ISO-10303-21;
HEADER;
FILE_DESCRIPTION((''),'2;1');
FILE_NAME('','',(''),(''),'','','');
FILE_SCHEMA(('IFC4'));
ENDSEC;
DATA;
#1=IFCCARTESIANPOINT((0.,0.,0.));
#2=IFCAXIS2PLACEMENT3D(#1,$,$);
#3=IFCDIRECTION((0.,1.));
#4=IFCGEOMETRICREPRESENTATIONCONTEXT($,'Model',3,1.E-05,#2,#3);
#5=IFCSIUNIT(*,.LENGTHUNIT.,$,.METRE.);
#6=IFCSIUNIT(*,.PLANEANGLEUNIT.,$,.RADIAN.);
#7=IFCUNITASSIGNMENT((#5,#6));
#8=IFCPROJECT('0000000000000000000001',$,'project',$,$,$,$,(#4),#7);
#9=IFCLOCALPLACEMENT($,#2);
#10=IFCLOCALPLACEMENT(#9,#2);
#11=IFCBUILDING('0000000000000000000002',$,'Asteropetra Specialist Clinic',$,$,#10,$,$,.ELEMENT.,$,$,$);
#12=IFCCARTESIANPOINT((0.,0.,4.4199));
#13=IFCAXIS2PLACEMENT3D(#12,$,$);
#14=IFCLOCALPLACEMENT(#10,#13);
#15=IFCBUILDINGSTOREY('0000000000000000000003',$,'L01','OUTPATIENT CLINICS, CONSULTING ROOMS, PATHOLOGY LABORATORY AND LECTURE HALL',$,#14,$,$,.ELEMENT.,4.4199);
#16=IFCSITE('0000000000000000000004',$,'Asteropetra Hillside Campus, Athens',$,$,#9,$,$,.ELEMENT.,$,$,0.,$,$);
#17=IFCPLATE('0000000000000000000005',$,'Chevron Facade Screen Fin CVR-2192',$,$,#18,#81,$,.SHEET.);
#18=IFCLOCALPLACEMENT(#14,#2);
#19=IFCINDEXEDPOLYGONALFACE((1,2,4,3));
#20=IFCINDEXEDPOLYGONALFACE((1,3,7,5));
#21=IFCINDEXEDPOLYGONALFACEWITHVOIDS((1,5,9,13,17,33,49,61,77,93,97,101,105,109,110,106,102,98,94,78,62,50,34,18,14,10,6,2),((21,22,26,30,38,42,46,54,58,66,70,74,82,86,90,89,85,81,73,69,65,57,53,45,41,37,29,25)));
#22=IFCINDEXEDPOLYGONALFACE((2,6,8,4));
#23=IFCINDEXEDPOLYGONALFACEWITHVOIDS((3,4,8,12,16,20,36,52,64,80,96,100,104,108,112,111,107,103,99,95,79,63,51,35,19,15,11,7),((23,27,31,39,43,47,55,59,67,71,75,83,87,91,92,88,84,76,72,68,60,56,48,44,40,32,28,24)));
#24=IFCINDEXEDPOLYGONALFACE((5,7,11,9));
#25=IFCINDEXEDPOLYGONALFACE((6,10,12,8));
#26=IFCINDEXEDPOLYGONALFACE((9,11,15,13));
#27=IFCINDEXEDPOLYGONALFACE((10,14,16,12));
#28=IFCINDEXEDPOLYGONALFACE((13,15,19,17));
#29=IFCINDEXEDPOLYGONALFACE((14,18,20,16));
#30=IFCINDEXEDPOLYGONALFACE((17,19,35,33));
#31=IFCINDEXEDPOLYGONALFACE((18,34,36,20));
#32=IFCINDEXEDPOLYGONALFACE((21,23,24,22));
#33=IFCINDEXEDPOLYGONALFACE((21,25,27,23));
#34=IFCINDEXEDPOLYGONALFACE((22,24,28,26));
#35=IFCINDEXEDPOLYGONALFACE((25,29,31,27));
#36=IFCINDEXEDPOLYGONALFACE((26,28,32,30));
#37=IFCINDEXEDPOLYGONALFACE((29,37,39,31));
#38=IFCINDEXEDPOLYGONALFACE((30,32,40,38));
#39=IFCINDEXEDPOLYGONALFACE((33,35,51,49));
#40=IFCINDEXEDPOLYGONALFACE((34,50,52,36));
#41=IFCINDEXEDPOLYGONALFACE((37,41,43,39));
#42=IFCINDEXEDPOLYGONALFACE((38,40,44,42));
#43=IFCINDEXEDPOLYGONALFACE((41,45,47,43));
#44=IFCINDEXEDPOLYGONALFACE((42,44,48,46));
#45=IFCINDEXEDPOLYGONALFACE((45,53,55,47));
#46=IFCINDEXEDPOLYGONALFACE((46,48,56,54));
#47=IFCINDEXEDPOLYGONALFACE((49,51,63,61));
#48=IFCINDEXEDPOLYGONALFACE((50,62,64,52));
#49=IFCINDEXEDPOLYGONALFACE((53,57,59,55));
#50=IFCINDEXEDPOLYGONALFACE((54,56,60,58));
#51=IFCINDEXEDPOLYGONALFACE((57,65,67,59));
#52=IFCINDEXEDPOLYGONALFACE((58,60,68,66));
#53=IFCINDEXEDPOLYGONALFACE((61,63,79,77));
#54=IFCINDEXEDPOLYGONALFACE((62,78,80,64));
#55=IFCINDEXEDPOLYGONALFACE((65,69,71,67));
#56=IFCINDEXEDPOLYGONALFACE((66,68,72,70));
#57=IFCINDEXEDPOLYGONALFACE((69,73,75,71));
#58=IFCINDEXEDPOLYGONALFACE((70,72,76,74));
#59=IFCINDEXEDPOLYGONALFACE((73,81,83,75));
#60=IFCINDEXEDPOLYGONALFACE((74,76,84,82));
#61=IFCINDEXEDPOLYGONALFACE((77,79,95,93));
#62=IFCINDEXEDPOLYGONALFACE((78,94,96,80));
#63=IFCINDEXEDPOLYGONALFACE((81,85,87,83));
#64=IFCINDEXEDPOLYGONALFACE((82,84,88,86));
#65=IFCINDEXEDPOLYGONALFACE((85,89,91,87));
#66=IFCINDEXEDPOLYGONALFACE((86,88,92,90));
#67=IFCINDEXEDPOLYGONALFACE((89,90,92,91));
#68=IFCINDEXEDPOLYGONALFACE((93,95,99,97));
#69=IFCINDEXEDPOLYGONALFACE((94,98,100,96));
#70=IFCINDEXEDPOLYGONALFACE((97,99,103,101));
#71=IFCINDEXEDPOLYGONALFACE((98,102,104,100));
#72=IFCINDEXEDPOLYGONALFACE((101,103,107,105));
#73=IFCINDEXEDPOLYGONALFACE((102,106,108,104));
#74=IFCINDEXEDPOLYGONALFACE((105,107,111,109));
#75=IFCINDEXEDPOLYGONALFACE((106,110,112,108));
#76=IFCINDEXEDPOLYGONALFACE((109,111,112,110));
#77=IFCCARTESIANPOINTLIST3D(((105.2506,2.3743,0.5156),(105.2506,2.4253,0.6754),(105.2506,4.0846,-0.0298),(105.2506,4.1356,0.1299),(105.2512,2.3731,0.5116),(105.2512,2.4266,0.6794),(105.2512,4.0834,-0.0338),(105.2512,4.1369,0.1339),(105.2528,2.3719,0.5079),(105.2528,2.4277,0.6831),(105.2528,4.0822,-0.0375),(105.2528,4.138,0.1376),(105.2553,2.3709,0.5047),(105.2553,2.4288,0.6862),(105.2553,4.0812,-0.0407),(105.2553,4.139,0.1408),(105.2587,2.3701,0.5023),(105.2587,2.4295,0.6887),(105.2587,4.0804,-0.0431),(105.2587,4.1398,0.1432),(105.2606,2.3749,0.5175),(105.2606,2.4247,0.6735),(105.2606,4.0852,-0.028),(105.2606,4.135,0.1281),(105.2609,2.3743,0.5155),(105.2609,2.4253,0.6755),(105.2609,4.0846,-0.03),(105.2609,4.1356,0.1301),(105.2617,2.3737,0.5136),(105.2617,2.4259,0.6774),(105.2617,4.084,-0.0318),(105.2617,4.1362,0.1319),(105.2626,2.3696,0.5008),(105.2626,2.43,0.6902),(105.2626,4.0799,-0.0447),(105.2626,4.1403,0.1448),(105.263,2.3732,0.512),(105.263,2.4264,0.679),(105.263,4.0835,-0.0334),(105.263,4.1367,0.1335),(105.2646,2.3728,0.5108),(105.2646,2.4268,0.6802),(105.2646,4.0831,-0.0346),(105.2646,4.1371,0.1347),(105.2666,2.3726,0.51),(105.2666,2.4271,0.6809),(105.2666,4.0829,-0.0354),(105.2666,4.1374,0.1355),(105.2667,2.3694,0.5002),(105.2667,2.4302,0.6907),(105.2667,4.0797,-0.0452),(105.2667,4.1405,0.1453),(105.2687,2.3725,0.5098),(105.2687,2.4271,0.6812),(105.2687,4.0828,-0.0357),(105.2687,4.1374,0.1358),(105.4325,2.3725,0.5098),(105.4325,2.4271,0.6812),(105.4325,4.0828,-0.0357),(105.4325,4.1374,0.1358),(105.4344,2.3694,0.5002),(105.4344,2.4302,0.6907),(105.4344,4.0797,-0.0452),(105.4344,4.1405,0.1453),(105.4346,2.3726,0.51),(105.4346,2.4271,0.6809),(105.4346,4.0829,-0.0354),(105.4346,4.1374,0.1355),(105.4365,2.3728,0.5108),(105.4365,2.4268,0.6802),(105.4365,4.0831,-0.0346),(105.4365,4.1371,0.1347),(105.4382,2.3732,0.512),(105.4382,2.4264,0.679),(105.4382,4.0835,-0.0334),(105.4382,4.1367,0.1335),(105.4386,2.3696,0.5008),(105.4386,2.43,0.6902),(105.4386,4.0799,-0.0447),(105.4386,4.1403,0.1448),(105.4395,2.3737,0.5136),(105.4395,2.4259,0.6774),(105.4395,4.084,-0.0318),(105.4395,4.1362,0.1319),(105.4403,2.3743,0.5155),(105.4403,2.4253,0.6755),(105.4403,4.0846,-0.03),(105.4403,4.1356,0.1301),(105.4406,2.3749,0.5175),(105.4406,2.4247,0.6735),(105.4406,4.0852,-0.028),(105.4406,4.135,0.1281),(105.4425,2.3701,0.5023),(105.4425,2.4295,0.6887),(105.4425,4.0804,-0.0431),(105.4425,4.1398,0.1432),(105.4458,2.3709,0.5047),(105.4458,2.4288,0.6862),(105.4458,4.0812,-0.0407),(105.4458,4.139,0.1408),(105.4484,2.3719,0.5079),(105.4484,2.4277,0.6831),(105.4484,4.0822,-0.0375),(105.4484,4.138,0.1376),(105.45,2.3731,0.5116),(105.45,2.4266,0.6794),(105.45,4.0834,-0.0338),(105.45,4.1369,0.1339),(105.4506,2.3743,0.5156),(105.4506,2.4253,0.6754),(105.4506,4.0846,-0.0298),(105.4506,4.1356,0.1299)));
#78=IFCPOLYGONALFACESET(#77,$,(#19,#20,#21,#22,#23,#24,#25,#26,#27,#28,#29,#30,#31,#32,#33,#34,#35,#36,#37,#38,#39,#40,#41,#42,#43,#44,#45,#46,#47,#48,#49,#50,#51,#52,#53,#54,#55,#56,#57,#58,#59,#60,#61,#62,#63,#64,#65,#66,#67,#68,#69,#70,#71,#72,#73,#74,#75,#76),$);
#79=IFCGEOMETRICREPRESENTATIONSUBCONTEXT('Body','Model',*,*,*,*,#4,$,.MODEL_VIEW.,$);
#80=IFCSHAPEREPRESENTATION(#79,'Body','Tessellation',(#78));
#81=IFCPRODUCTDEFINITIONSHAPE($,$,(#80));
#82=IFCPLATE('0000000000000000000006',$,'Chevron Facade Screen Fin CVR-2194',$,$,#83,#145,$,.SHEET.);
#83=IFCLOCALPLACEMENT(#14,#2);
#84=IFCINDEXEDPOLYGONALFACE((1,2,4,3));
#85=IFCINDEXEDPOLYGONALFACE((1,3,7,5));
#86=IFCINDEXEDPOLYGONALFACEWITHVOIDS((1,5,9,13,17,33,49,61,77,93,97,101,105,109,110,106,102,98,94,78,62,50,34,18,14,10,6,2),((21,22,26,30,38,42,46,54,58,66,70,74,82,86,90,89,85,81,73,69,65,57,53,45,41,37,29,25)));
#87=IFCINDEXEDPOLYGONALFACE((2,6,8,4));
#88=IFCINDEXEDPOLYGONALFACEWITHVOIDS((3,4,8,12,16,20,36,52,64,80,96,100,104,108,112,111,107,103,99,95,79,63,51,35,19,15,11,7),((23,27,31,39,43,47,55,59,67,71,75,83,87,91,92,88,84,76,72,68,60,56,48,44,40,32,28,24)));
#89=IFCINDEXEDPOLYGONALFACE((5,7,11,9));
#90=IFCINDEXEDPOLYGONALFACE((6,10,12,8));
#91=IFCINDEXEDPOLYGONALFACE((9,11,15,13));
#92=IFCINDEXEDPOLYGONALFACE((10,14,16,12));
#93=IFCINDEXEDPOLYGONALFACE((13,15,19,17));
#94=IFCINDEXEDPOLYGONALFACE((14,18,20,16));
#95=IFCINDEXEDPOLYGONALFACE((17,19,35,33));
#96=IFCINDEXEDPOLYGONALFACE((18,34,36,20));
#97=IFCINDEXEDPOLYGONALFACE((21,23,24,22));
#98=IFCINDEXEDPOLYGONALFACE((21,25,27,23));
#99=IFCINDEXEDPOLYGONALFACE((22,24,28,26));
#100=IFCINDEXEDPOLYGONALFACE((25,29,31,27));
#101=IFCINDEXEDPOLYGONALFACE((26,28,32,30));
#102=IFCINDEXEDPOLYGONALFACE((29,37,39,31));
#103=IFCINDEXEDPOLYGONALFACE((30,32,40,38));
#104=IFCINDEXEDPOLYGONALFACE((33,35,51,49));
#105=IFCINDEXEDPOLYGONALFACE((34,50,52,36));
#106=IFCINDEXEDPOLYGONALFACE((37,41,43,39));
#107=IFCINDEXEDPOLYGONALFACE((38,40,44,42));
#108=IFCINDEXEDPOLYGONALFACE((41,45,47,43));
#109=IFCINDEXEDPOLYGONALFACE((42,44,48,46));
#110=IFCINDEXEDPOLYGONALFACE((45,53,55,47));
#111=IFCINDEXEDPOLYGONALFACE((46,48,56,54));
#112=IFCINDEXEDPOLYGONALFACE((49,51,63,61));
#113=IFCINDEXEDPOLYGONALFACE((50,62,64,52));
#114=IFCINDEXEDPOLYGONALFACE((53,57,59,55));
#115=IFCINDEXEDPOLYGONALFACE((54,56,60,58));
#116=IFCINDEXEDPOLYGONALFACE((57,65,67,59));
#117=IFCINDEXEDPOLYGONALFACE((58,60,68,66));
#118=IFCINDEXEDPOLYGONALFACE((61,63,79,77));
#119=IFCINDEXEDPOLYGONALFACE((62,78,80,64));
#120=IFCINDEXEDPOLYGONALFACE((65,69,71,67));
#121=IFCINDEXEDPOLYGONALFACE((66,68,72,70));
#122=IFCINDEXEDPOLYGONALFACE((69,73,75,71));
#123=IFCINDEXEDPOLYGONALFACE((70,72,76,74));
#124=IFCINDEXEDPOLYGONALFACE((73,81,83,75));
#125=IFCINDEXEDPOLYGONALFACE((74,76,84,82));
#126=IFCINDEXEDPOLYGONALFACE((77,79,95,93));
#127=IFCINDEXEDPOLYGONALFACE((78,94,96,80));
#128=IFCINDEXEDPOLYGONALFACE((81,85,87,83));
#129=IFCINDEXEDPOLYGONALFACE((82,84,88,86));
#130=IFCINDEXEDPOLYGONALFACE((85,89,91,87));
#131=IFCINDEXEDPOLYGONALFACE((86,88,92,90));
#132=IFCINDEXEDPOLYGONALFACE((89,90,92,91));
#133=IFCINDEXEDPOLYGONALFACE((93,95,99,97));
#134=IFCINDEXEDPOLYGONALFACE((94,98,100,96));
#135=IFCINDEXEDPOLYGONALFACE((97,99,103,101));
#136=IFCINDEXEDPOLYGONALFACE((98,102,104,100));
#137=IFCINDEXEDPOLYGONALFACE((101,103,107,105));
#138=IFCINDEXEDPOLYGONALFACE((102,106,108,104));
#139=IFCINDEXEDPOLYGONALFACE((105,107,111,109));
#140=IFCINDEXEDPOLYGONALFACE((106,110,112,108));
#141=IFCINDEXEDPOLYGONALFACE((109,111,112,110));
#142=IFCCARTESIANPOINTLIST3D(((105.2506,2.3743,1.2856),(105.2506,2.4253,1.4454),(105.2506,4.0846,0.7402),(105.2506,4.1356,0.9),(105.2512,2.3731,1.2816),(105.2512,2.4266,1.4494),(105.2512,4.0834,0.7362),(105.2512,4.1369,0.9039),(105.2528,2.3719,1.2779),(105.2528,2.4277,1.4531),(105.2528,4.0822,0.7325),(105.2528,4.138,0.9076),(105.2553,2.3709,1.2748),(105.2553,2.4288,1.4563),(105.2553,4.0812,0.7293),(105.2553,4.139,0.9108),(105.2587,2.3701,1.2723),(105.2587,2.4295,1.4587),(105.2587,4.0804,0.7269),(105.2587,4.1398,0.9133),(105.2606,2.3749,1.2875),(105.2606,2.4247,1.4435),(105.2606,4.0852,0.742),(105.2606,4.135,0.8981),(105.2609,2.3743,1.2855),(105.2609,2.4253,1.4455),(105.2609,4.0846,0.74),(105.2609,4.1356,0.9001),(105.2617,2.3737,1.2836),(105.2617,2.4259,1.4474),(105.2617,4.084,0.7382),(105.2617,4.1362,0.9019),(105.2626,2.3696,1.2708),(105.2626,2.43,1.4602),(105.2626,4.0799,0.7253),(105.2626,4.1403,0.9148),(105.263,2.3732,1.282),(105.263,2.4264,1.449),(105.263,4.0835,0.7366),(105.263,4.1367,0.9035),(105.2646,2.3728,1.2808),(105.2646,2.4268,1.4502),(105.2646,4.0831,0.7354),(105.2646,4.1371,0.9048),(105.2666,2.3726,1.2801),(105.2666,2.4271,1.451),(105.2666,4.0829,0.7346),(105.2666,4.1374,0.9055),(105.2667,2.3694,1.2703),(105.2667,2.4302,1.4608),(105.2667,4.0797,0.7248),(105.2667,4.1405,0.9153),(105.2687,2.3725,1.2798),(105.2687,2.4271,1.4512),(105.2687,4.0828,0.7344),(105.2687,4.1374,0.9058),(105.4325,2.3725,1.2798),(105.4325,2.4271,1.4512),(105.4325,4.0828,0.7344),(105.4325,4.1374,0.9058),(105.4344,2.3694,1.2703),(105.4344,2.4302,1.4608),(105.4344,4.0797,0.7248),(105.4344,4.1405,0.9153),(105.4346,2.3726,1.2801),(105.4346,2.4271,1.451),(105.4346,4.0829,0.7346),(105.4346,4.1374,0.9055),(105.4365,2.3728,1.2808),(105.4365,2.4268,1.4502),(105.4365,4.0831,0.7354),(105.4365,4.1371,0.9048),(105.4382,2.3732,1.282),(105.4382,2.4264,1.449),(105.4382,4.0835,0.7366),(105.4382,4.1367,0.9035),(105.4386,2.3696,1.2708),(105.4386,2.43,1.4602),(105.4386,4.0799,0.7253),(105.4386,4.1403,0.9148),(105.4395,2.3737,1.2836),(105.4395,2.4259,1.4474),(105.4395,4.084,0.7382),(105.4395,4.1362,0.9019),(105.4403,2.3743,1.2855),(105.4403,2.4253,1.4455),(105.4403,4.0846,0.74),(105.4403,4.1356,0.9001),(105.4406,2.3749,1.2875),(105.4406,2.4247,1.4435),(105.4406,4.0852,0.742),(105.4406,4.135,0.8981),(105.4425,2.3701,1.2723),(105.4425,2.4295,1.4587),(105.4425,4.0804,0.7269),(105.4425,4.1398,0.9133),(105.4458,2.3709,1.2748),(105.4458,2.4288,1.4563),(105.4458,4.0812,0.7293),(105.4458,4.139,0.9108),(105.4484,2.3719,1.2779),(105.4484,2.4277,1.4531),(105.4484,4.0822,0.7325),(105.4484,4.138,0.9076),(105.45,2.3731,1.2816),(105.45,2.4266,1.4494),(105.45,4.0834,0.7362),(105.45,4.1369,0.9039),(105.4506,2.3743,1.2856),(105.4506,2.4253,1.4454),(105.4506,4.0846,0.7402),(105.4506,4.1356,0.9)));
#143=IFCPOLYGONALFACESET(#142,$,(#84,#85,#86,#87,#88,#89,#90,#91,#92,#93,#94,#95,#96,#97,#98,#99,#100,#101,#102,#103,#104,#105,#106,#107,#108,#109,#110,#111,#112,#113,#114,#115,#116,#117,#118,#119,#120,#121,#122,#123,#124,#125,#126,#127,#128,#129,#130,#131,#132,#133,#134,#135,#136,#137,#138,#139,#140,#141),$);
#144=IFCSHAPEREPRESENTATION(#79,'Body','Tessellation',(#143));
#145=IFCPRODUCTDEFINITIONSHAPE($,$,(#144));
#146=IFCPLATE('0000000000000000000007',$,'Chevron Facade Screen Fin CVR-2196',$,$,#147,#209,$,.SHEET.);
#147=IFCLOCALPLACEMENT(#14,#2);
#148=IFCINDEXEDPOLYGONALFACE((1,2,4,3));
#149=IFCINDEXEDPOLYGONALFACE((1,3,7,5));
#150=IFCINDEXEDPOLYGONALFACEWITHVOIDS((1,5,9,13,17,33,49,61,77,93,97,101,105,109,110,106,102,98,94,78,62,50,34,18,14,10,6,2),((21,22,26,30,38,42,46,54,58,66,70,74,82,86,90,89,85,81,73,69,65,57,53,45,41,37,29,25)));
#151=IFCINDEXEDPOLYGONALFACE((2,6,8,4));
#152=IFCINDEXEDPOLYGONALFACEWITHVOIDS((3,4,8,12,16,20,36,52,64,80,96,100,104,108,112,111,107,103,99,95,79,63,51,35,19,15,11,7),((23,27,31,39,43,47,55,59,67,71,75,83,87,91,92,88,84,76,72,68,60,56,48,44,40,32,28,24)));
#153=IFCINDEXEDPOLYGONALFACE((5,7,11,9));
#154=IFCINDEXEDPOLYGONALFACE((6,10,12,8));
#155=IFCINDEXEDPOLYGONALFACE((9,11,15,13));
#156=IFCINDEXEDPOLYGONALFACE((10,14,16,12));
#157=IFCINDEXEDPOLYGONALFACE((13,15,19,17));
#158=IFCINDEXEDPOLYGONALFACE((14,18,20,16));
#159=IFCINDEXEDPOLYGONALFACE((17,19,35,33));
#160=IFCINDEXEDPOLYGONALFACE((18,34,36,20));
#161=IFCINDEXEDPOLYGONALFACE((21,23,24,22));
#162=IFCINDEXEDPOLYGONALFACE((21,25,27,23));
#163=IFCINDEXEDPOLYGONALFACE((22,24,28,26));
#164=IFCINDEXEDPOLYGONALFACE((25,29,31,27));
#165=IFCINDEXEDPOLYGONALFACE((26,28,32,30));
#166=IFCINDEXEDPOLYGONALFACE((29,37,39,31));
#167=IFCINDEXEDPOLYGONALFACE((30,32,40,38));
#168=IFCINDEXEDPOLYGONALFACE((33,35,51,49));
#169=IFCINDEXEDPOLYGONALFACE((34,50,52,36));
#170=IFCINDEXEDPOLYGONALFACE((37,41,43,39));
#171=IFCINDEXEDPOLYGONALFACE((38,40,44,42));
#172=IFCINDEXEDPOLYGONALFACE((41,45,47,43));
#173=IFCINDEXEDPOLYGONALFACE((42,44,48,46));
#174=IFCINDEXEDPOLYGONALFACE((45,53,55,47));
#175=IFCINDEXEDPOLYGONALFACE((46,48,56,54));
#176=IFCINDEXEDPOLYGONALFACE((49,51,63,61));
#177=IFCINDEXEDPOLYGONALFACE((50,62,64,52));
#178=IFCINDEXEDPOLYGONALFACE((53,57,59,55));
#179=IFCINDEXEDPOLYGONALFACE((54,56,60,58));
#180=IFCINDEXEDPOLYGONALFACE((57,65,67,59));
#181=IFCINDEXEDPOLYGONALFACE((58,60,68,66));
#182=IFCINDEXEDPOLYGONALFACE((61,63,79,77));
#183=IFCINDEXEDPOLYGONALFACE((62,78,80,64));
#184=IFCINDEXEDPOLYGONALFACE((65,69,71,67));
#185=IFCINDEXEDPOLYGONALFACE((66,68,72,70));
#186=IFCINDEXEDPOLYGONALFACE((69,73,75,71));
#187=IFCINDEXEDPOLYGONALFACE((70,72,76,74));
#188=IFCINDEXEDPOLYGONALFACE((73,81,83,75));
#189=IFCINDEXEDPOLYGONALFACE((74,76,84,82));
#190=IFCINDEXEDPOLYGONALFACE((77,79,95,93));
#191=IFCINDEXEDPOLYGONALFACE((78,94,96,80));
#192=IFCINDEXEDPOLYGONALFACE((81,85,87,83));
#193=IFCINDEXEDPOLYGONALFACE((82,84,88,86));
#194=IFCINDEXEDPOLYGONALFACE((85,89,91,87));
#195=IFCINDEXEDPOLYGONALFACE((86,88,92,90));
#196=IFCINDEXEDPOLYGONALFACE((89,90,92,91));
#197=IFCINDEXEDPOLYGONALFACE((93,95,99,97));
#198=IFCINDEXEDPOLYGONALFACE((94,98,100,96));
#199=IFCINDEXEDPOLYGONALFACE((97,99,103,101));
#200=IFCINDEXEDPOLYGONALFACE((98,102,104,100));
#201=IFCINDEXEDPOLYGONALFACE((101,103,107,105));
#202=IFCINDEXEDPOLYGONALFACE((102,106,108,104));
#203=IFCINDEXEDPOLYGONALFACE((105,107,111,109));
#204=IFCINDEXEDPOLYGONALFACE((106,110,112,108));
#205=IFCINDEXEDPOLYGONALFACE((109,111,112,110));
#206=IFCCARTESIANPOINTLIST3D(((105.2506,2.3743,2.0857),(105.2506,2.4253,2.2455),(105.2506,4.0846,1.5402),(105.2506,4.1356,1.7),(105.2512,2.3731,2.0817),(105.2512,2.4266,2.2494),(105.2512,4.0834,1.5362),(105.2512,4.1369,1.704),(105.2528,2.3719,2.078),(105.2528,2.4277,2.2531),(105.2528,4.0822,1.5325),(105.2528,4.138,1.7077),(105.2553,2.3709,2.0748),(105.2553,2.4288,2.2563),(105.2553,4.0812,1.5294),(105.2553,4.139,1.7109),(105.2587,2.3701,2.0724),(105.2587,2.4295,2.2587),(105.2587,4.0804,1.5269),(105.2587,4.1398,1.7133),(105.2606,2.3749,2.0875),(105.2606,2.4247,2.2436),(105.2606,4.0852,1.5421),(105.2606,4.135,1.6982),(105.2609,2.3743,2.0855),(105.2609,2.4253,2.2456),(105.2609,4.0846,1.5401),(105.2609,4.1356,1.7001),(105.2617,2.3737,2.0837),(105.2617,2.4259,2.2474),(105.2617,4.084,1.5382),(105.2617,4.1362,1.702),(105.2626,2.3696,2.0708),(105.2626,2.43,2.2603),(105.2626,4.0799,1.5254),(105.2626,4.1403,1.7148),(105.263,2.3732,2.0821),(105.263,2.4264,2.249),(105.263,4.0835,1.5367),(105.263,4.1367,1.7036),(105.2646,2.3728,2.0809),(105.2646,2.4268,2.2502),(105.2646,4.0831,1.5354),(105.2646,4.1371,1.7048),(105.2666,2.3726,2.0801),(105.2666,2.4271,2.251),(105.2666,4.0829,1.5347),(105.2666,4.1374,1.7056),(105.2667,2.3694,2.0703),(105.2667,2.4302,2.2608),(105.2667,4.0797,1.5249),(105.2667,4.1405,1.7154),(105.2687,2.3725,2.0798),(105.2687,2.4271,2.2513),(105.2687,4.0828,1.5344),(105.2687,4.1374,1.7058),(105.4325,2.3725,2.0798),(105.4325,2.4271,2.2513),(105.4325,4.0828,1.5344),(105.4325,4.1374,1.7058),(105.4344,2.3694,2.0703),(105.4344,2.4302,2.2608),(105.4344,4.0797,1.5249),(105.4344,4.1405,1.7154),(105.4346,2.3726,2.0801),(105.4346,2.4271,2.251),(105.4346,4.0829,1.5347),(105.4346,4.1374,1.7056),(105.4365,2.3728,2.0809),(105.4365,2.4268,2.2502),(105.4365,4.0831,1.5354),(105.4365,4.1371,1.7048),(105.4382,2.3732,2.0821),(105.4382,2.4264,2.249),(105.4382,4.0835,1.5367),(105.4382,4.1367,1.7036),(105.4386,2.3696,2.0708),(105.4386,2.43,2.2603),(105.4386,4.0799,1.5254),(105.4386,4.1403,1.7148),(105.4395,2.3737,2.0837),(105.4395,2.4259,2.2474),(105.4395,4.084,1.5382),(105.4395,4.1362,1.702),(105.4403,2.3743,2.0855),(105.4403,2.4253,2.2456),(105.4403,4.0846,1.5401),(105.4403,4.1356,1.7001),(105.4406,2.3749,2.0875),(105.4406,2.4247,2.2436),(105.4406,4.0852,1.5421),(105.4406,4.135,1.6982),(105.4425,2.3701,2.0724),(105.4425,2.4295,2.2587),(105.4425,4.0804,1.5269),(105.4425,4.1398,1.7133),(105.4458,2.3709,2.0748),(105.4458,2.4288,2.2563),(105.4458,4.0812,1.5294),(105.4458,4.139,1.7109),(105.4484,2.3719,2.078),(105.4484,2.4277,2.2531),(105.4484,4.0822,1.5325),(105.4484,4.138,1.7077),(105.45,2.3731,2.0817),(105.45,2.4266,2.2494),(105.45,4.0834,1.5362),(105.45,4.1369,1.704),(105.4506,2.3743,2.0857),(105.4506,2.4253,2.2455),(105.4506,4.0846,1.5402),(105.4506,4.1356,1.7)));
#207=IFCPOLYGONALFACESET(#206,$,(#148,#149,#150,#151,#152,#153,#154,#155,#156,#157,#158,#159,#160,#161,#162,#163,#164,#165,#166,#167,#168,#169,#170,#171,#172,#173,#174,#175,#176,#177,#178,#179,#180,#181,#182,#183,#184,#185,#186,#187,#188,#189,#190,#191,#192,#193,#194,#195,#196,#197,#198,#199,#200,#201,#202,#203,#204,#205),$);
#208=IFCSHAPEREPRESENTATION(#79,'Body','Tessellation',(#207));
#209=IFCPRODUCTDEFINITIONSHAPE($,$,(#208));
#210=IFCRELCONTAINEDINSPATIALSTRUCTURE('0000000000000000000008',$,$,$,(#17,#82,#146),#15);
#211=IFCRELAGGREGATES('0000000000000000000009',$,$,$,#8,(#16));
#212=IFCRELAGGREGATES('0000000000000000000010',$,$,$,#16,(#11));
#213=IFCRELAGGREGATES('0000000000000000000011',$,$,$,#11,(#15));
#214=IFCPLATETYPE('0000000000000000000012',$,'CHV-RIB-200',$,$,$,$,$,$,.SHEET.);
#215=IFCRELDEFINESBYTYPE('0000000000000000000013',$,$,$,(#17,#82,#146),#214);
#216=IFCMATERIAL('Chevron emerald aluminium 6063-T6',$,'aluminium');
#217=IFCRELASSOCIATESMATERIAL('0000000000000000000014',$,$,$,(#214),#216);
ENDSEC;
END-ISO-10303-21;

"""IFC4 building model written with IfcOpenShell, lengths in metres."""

from ifc_helpers import new_model, si_unit, direction, frame, origin, origin_2d, place, context, subcontext, project, spatial, hollow_rectangle, extrude, material, material_profile, profile_set, type_object, element, save


model = new_model("IFC4")

# Units and contexts
model_context = context("Model", 3, precision=1e-05, world=origin(), true_north=direction((0.0, 1.0)))
body_context = subcontext(model_context, "Body", "Model", "MODEL_VIEW")
ifc_project = project(units=[si_unit("LENGTHUNIT", "METRE"), si_unit("PLANEANGLEUNIT", "RADIAN")], contexts=[model_context])

# Site, building, storey
site_placement = place(None, origin())
site = spatial("IfcSite", under=ifc_project, at=site_placement, Name="Asteropetra Hillside Campus, Athens", CompositionType="ELEMENT", RefElevation=0.0)
building_placement = place(site_placement, origin())
building = spatial("IfcBuilding", under=site, at=building_placement, Name="Asteropetra Specialist Clinic", CompositionType="ELEMENT")
storey_placement = place(building_placement, frame((0.0, 0.0, 4.4199)))
storey = spatial("IfcBuildingStorey", under=building, at=storey_placement, Name="L01", Description="OUTPATIENT CLINICS, CONSULTING ROOMS, PATHOLOGY LABORATORY AND LECTURE HALL", CompositionType="ELEMENT", Elevation=4.4199)

# Plates
ifc_material_1 = material(Name="Chevron emerald aluminium 6063-T6", Category="aluminium")
ifc_material_profile = material_profile(ifc_material_1, hollow_rectangle(XDim=0.2, YDim=0.2, WallThickness=0.01, InnerFilletRadius=0.0081, OuterFilletRadius=0.0161, at=origin_2d()), Name="SHS 200x200x10.0")
ifc_profile_set = profile_set([ifc_material_profile], Name="Chevron emerald aluminium 6063-T6")
plate_type = type_object("IfcPlateType", Name="CHV-RIB-200", PredefinedType="SHEET", material=ifc_profile_set)
for number, where, z_axis, x_axis, name in (
    (1, (105.3506, 4.1101, 0.05), (0.0, -0.952724, 0.303838), (1.0, 0.0, 0.0), "Chevron Facade Screen Fin CVR-2192"),
    (2, (105.3506, 4.1101, 0.8201), (0.0, -0.952724, 0.303838), (1.0, 0.0, 0.0), "Chevron Facade Screen Fin CVR-2194"),
    (3, (105.3506, 4.1101, 1.6201), (0.0, -0.952724, 0.303838), (1.0, 0.0, 0.0), "Chevron Facade Screen Fin CVR-2196"),
):
    element("IfcPlate", number, at=place(storey_placement, frame(where, z_axis=z_axis, x_axis=x_axis)), inside=storey, type_object=plate_type, Name=name, PredefinedType="SHEET", context=body_context, shape_type="SweptSolid", body=[
        extrude(hollow_rectangle(XDim=0.2, YDim=0.2, WallThickness=0.01, InnerFilletRadius=0.0081, OuterFilletRadius=0.0161, at=origin_2d()), origin(), (0.0, 0.0, 1.0), 1.7952),
    ])

save(model, "model.ifc")
